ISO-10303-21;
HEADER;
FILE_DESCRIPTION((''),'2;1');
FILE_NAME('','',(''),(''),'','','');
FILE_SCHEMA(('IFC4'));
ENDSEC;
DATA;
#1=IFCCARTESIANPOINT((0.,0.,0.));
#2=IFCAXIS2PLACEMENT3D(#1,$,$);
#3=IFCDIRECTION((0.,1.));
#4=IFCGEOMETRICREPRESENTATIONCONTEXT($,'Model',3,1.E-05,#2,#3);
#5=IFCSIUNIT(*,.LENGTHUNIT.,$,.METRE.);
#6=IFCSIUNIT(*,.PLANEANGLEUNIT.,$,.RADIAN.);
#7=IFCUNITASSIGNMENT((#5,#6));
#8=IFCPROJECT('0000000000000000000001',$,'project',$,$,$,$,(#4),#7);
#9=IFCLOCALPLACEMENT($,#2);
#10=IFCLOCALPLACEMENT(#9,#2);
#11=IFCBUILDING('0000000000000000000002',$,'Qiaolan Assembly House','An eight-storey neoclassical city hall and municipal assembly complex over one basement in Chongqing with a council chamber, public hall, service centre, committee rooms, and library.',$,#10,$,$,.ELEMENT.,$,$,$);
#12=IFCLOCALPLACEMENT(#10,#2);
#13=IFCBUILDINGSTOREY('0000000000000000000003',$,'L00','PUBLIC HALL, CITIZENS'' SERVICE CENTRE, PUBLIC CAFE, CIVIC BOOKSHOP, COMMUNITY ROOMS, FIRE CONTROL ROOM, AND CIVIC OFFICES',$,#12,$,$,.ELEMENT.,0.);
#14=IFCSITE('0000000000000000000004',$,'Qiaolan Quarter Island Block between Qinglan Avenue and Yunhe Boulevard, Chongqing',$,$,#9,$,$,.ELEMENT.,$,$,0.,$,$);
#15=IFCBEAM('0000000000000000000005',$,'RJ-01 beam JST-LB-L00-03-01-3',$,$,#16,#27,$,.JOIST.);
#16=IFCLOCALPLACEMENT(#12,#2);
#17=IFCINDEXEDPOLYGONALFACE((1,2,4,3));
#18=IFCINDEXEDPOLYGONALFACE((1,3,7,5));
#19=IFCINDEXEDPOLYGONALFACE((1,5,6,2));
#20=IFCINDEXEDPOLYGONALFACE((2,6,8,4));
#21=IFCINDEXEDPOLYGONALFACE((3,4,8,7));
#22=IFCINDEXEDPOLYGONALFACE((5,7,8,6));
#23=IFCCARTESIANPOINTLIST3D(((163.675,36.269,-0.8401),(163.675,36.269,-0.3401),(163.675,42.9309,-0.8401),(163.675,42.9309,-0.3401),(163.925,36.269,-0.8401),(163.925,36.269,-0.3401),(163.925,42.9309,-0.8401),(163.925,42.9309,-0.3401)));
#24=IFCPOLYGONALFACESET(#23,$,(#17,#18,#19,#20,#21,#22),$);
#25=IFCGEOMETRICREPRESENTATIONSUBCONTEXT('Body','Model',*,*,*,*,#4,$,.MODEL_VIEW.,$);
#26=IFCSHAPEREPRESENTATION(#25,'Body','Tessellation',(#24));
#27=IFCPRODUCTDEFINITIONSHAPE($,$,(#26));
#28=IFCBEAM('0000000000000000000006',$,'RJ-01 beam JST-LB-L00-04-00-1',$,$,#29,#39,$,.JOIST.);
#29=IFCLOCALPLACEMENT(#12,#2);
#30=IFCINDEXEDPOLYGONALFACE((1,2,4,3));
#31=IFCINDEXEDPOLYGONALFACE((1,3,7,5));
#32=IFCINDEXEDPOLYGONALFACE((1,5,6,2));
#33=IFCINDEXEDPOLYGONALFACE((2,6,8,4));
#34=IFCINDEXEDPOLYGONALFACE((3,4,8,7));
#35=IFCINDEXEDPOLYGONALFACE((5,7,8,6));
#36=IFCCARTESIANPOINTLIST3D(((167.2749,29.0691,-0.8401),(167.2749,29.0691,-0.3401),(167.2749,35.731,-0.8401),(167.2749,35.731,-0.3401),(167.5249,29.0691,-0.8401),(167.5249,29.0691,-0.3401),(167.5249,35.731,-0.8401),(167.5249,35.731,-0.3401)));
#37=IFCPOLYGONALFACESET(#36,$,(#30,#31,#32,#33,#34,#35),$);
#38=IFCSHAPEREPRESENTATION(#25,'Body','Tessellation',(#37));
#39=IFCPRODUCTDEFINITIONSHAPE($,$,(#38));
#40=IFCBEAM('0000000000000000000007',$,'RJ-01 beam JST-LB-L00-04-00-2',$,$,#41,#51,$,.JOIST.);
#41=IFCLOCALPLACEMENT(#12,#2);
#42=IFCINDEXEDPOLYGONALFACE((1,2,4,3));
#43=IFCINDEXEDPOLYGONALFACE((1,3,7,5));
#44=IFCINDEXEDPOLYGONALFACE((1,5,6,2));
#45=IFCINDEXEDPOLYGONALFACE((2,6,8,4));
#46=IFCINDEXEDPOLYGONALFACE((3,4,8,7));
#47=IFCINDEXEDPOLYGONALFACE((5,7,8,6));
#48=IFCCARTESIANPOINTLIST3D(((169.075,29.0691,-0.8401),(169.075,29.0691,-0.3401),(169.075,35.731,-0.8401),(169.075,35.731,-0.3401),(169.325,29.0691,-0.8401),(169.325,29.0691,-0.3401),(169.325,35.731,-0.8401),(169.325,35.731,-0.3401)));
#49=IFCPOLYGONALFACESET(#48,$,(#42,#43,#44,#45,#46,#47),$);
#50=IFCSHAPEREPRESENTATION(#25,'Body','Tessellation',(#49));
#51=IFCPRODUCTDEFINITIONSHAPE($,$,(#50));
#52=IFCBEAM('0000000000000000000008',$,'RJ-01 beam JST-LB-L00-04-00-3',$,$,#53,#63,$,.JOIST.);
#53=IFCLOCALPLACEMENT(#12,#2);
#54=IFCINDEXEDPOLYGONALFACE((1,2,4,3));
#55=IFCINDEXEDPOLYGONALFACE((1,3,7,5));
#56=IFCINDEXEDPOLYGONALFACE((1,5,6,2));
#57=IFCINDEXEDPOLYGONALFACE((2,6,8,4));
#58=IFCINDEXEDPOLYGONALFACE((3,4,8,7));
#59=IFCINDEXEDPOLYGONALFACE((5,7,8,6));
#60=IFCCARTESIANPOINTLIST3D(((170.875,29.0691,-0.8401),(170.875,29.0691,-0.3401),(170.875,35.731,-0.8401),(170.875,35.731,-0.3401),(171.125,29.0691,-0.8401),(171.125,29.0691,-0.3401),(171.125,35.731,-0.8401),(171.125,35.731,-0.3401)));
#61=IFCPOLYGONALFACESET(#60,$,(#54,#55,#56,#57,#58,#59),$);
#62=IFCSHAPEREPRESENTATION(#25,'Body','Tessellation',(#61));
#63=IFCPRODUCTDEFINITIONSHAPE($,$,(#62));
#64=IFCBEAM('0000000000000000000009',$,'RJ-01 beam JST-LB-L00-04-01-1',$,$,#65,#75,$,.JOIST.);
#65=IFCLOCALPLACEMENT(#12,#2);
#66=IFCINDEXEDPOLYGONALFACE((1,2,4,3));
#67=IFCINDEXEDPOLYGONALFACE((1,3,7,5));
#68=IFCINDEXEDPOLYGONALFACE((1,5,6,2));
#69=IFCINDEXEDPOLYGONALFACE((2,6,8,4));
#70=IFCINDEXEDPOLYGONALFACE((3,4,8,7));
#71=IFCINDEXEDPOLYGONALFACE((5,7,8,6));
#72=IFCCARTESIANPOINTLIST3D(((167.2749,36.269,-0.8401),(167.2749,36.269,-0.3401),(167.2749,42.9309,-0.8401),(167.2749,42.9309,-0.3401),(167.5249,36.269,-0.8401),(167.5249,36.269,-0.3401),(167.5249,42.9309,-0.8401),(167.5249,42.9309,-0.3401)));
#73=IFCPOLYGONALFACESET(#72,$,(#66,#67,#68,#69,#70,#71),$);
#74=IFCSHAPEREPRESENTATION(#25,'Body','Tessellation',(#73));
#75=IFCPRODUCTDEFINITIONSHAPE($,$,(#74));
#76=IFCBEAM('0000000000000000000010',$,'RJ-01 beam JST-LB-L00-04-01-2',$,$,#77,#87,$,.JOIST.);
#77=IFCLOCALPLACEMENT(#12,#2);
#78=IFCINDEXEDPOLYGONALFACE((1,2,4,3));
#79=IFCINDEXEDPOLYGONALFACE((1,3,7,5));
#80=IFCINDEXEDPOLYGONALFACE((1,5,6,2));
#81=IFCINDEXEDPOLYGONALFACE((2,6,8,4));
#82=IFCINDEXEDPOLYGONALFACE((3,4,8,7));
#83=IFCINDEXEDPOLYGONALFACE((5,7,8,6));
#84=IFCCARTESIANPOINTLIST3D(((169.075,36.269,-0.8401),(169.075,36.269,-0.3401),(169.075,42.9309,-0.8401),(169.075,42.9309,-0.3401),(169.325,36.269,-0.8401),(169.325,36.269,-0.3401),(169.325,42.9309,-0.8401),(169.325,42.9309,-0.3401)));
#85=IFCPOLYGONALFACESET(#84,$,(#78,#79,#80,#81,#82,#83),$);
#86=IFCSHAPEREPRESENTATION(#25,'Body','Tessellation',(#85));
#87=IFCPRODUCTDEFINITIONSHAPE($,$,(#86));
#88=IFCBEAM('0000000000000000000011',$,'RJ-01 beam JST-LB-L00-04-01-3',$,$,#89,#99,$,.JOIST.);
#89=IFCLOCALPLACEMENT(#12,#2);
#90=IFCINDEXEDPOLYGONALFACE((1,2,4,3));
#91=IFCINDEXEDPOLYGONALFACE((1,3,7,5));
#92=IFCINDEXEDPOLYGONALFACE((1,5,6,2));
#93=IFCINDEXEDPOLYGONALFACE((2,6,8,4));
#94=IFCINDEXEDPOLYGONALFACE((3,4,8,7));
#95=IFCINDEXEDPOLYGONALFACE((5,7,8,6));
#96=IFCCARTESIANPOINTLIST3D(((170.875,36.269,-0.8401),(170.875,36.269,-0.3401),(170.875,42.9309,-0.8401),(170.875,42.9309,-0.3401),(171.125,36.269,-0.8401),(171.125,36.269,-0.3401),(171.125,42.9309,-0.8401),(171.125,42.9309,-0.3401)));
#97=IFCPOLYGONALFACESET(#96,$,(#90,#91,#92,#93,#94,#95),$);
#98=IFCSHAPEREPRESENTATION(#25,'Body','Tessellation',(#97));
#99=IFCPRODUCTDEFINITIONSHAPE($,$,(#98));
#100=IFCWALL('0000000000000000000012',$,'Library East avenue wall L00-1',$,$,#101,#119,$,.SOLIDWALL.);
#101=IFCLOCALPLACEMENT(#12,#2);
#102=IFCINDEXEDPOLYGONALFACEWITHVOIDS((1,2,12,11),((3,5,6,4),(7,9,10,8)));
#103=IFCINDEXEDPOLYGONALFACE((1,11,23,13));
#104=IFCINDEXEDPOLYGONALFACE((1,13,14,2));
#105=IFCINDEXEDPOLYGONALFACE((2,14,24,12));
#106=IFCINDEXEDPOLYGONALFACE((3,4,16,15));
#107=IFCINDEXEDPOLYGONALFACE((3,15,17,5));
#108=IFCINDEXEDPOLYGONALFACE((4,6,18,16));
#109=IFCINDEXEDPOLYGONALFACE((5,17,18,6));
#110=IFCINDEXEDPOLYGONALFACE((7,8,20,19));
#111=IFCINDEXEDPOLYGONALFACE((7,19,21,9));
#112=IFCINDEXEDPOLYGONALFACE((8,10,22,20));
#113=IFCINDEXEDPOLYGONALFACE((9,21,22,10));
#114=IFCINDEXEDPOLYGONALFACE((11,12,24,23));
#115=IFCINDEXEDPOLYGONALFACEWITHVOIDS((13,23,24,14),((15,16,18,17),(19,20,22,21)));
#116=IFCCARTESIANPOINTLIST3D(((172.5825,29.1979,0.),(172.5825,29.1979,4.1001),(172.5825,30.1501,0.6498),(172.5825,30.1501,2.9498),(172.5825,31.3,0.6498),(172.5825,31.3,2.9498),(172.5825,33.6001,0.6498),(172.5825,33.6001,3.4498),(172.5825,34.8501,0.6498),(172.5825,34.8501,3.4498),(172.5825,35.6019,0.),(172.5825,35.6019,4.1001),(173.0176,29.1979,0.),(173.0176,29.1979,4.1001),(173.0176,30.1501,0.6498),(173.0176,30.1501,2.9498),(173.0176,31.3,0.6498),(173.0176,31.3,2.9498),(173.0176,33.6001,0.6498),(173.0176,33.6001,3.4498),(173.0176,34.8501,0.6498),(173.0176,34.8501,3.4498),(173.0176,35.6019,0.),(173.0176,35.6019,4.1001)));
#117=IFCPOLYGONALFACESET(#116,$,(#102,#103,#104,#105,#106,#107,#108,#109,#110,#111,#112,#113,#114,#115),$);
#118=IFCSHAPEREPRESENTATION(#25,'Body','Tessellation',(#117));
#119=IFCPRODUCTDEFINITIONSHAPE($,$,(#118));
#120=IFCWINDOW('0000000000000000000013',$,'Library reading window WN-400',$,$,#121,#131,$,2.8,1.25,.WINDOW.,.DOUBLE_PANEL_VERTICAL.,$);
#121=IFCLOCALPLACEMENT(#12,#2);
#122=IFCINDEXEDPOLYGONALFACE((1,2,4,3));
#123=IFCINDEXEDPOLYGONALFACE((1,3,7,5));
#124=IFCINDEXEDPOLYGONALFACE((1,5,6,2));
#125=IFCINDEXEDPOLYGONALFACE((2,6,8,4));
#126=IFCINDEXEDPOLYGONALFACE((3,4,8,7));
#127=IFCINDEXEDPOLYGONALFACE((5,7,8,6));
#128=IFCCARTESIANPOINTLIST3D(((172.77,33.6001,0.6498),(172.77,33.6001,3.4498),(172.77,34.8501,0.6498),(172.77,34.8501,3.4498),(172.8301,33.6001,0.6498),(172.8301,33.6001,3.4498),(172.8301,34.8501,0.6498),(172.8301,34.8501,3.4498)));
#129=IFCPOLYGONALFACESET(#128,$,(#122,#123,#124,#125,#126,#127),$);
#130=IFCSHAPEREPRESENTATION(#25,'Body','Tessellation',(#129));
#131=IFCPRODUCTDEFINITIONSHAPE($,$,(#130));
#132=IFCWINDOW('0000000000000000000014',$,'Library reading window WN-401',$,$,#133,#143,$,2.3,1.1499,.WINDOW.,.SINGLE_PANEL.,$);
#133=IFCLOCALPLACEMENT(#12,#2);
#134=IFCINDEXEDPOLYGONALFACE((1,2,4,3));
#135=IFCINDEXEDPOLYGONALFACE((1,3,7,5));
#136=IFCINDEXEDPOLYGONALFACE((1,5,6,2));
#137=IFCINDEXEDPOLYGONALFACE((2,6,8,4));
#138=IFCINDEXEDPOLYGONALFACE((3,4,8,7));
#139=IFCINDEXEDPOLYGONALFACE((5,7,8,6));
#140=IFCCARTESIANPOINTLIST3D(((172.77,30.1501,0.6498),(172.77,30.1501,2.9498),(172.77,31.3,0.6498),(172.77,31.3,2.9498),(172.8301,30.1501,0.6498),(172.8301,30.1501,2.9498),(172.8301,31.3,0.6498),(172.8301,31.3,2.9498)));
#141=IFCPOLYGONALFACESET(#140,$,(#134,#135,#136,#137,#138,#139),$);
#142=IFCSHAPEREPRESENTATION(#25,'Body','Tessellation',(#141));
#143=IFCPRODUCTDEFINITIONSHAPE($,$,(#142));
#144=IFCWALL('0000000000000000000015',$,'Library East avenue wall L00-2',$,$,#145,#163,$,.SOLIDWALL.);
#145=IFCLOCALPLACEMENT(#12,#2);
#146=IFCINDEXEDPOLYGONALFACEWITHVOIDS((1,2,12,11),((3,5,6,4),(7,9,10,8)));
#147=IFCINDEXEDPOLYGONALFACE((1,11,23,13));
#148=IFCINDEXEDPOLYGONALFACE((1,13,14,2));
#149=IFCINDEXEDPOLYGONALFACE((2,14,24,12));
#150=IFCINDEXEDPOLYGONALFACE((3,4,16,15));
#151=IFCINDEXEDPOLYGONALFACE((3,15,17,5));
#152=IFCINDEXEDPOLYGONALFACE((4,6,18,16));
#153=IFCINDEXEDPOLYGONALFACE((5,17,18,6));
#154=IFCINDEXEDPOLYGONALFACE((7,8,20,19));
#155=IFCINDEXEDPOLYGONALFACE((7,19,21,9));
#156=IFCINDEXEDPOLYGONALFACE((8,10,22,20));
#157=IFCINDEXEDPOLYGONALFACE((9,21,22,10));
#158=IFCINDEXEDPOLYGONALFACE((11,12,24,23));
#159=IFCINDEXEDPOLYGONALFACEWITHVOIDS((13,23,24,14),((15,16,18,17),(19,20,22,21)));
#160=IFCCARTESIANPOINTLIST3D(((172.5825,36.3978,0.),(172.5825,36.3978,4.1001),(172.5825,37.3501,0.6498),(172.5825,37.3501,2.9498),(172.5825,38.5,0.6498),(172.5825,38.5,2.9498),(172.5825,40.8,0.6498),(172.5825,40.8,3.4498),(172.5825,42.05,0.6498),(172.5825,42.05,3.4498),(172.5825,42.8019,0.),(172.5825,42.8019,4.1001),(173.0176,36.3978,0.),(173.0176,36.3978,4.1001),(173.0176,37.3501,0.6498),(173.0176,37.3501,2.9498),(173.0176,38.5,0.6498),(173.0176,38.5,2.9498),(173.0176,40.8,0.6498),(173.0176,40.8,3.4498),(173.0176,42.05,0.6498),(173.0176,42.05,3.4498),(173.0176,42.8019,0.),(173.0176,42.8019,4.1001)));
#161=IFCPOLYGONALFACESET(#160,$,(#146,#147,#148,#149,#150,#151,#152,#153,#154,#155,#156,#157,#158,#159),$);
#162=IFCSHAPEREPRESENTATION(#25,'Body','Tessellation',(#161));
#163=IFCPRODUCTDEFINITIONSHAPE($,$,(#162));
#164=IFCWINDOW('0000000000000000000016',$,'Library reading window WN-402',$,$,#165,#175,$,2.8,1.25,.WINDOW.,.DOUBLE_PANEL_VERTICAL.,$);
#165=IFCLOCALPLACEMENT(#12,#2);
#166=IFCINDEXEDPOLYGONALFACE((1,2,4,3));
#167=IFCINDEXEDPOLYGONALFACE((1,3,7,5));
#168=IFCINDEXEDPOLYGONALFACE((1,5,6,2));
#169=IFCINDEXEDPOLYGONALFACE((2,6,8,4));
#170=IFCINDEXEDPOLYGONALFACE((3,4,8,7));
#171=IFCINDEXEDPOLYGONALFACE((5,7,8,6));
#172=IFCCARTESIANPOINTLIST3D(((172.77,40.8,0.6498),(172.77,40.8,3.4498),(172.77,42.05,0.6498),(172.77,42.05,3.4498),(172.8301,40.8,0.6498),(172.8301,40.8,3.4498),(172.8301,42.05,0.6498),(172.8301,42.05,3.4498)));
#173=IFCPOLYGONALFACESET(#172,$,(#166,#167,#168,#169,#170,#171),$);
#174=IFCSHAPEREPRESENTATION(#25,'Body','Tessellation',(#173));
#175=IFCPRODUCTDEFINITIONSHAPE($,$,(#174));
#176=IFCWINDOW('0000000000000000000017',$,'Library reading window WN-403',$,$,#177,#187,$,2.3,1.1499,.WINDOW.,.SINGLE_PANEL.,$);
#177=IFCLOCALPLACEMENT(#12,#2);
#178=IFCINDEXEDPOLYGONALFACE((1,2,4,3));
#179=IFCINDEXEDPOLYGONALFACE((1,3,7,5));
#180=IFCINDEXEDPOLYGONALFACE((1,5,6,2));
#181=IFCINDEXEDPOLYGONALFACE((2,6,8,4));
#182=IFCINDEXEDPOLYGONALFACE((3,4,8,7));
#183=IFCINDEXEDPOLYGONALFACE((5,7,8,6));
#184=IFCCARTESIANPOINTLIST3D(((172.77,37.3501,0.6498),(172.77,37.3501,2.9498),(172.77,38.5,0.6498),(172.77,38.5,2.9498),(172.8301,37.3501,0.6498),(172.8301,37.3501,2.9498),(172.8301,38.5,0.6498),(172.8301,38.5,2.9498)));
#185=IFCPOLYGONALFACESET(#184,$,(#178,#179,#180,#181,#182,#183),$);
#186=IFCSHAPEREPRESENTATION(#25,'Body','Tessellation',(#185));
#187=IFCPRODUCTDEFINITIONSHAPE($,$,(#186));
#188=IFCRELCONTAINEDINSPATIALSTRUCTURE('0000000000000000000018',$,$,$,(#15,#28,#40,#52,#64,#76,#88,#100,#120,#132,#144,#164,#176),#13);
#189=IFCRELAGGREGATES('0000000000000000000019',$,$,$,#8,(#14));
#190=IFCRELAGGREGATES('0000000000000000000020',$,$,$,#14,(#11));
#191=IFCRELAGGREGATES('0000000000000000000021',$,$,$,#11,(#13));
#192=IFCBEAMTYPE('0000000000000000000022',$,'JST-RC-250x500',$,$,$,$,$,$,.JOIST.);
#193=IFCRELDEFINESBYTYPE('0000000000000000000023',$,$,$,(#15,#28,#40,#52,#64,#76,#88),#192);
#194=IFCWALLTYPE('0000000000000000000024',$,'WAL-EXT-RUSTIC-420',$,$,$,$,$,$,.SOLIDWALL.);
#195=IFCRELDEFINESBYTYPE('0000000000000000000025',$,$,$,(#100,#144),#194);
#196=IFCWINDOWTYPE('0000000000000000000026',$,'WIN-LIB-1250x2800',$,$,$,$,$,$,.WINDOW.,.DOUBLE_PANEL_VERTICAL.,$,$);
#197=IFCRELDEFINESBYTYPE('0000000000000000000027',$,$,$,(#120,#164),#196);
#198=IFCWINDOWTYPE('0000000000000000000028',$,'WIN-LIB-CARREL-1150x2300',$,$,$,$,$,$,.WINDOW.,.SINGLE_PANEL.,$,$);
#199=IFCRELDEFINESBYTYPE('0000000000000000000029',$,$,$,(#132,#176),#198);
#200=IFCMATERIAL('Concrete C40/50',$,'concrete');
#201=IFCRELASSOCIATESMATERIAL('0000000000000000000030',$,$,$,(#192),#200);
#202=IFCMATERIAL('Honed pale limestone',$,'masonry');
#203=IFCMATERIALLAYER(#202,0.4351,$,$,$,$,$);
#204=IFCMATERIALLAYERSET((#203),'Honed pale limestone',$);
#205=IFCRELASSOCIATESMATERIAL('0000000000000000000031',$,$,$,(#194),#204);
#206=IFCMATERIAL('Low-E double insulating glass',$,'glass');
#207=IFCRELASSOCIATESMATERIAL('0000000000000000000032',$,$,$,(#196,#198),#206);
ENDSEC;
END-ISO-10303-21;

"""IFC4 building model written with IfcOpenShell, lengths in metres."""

from ifc_helpers import new_model, si_unit, direction, frame, frame_2d, origin, origin_2d, place, context, subcontext, project, spatial, rectangle, extrude, material, layer, layer_set, material_profile, profile_set, type_object, element, fill, save


model = new_model("IFC4")

# Units and contexts
model_context = context("Model", 3, precision=1e-05, world=origin(), true_north=direction((0.0, 1.0)))
body_context = subcontext(model_context, "Body", "Model", "MODEL_VIEW")
ifc_project = project(units=[si_unit("LENGTHUNIT", "METRE"), si_unit("PLANEANGLEUNIT", "RADIAN")], contexts=[model_context])

# Site, building, storey
site_placement = place(None, origin())
site = spatial("IfcSite", under=ifc_project, at=site_placement, Name="Qiaolan Quarter Island Block between Qinglan Avenue and Yunhe Boulevard, Chongqing", CompositionType="ELEMENT", RefElevation=0.0)
building_placement = place(site_placement, origin())
building = spatial("IfcBuilding", under=site, at=building_placement, Name="Qiaolan Assembly House", Description="An eight-storey neoclassical city hall and municipal assembly complex over one basement in Chongqing with a council chamber, public hall, service centre, committee rooms, and library.", CompositionType="ELEMENT")
storey_placement = place(building_placement, origin())
storey = spatial("IfcBuildingStorey", under=building, at=storey_placement, Name="L00", Description="PUBLIC HALL, CITIZENS' SERVICE CENTRE, PUBLIC CAFE, CIVIC BOOKSHOP, COMMUNITY ROOMS, FIRE CONTROL ROOM, AND CIVIC OFFICES", CompositionType="ELEMENT", Elevation=0.0)

# Beams
ifc_material_1 = material(Name="Concrete C40/50", Category="concrete")
ifc_material_profile_1 = material_profile(ifc_material_1, rectangle(XDim=0.25, YDim=0.5, at=origin_2d()), Name="RCB 250x500")
ifc_profile_set_1 = profile_set([ifc_material_profile_1], Name="Concrete C40/50")
beam_type_1 = type_object("IfcBeamType", Name="JST-RC-250x500", PredefinedType="JOIST", material=ifc_profile_set_1)
for number, where, z_axis, x_axis, name in (
    (1, (163.8, 36.269, -0.5901), (0.0, 1.0, 0.0), (-1.0, 0.0, 0.0), "RJ-01 beam JST-LB-L00-03-01-3"),
    (2, (167.3999, 29.0691, -0.5901), (0.0, 1.0, 0.0), (-1.0, 0.0, 0.0), "RJ-01 beam JST-LB-L00-04-00-1"),
    (3, (169.2, 29.0691, -0.5901), (0.0, 1.0, 0.0), (-1.0, 0.0, 0.0), "RJ-01 beam JST-LB-L00-04-00-2"),
    (4, (171.0, 29.0691, -0.5901), (0.0, 1.0, 0.0), (-1.0, 0.0, 0.0), "RJ-01 beam JST-LB-L00-04-00-3"),
    (5, (167.3999, 36.269, -0.5901), (0.0, 1.0, 0.0), (-1.0, 0.0, 0.0), "RJ-01 beam JST-LB-L00-04-01-1"),
    (6, (169.2, 36.269, -0.5901), (0.0, 1.0, 0.0), (-1.0, 0.0, 0.0), "RJ-01 beam JST-LB-L00-04-01-2"),
    (7, (171.0, 36.269, -0.5901), (0.0, 1.0, 0.0), (-1.0, 0.0, 0.0), "RJ-01 beam JST-LB-L00-04-01-3"),
):
    element("IfcBeam", number, at=place(storey_placement, frame(where, z_axis=z_axis, x_axis=x_axis)), inside=storey, type_object=beam_type_1, Name=name, PredefinedType="JOIST", context=body_context, shape_type="SweptSolid", body=[
        extrude(rectangle(XDim=0.25, YDim=0.5, at=origin_2d()), origin(), (0.0, 0.0, 1.0), 6.6619),
    ])

# Walls, openings, windows
ifc_material_2 = material(Name="Honed pale limestone", Category="masonry")
ifc_layer = layer(ifc_material_2, 0.4351)
ifc_layer_set = layer_set([ifc_layer], Name="Honed pale limestone")
wall_type = type_object("IfcWallType", Name="WAL-EXT-RUSTIC-420", PredefinedType="SOLIDWALL", material=ifc_layer_set)
wall_1_placement = place(storey_placement, frame((172.8, 35.6021, 0.0), z_axis=(0.0, 0.0, 1.0), x_axis=(0.0, -1.0, 0.0)))
wall_1 = element("IfcWall", 8, at=wall_1_placement, inside=storey, type_object=wall_type, Name="Library East avenue wall L00-1", PredefinedType="SOLIDWALL", context=body_context, shape_type="SweptSolid", body=[
    extrude(rectangle(XDim=6.4041, YDim=0.4351, at=frame_2d((3.2021, 0.0))), origin(), (0.0, 0.0, 1.0), 4.1001),
])
opening_1_placement = place(wall_1_placement, frame((0.752, 0.0, 0.6499)))
opening_1 = element("IfcOpeningElement", 9, at=opening_1_placement, cuts=wall_1, PredefinedType="OPENING", context=body_context, shape_type="SweptSolid", body=[
    extrude(rectangle(XDim=1.25, YDim=2.8, at=frame_2d((0.625, 1.3999))), frame((0.0, 0.2275, 0.0), z_axis=(0.0, -1.0, 0.0), x_axis=(1.0, 0.0, 0.0)), (0.0, 0.0, 1.0), 0.4551),
])
opening_2_placement = place(wall_1_placement, frame((4.302, 0.0, 0.6499)))
opening_2 = element("IfcOpeningElement", 10, at=opening_2_placement, cuts=wall_1, PredefinedType="OPENING", context=body_context, shape_type="SweptSolid", body=[
    extrude(rectangle(XDim=1.1499, YDim=2.3, at=frame_2d((0.575, 1.1499))), frame((0.0, 0.2275, 0.0), z_axis=(0.0, -1.0, 0.0), x_axis=(1.0, 0.0, 0.0)), (0.0, 0.0, 1.0), 0.4551),
])
ifc_material_3 = material(Name="Low-E double insulating glass", Category="glass")
window_type_1 = type_object("IfcWindowType", Name="WIN-LIB-1250x2800", PartitioningType="DOUBLE_PANEL_VERTICAL", PredefinedType="WINDOW", material=ifc_material_3)
window_1_placement = place(opening_1_placement, origin())
window_1 = element("IfcWindow", 11, at=window_1_placement, inside=storey, type_object=window_type_1, Name="Library reading window WN-400", OverallHeight=2.8, OverallWidth=1.25, PartitioningType="DOUBLE_PANEL_VERTICAL", PredefinedType="WINDOW", context=body_context, shape_type="SweptSolid", body=[
    extrude(rectangle(XDim=1.25, YDim=2.8, at=frame_2d((0.625, 1.3999))), frame((0.0, 0.03, 0.0), z_axis=(0.0, -1.0, 0.0), x_axis=(1.0, 0.0, 0.0)), (0.0, 0.0, 1.0), 0.0601),
])
fill(opening_1, window_1)
window_type_2 = type_object("IfcWindowType", Name="WIN-LIB-CARREL-1150x2300", PartitioningType="SINGLE_PANEL", PredefinedType="WINDOW", material=ifc_material_3)
window_2_placement = place(opening_2_placement, origin())
window_2 = element("IfcWindow", 12, at=window_2_placement, inside=storey, type_object=window_type_2, Name="Library reading window WN-401", OverallHeight=2.3, OverallWidth=1.1499, PartitioningType="SINGLE_PANEL", PredefinedType="WINDOW", context=body_context, shape_type="SweptSolid", body=[
    extrude(rectangle(XDim=1.1499, YDim=2.3, at=frame_2d((0.575, 1.1499))), frame((0.0, 0.03, 0.0), z_axis=(0.0, -1.0, 0.0), x_axis=(1.0, 0.0, 0.0)), (0.0, 0.0, 1.0), 0.0601),
])
fill(opening_2, window_2)
wall_2_placement = place(storey_placement, frame((172.8, 42.802, 0.0), z_axis=(0.0, 0.0, 1.0), x_axis=(0.0, -1.0, 0.0)))
wall_2 = element("IfcWall", 13, at=wall_2_placement, inside=storey, type_object=wall_type, Name="Library East avenue wall L00-2", PredefinedType="SOLIDWALL", context=body_context, shape_type="SweptSolid", body=[
    extrude(rectangle(XDim=6.4041, YDim=0.4351, at=frame_2d((3.2021, 0.0))), origin(), (0.0, 0.0, 1.0), 4.1001),
])
opening_3_placement = place(wall_2_placement, frame((0.752, 0.0, 0.6499)))
opening_3 = element("IfcOpeningElement", 14, at=opening_3_placement, cuts=wall_2, PredefinedType="OPENING", context=body_context, shape_type="SweptSolid", body=[
    extrude(rectangle(XDim=1.25, YDim=2.8, at=frame_2d((0.625, 1.3999))), frame((0.0, 0.2275, 0.0), z_axis=(0.0, -1.0, 0.0), x_axis=(1.0, 0.0, 0.0)), (0.0, 0.0, 1.0), 0.4551),
])
opening_4_placement = place(wall_2_placement, frame((4.302, 0.0, 0.6499)))
opening_4 = element("IfcOpeningElement", 15, at=opening_4_placement, cuts=wall_2, PredefinedType="OPENING", context=body_context, shape_type="SweptSolid", body=[
    extrude(rectangle(XDim=1.1499, YDim=2.3, at=frame_2d((0.575, 1.1499))), frame((0.0, 0.2275, 0.0), z_axis=(0.0, -1.0, 0.0), x_axis=(1.0, 0.0, 0.0)), (0.0, 0.0, 1.0), 0.4551),
])
window_3_placement = place(opening_3_placement, origin())
window_3 = element("IfcWindow", 16, at=window_3_placement, inside=storey, type_object=window_type_1, Name="Library reading window WN-402", OverallHeight=2.8, OverallWidth=1.25, PartitioningType="DOUBLE_PANEL_VERTICAL", PredefinedType="WINDOW", context=body_context, shape_type="SweptSolid", body=[
    extrude(rectangle(XDim=1.25, YDim=2.8, at=frame_2d((0.625, 1.3999))), frame((0.0, 0.03, 0.0), z_axis=(0.0, -1.0, 0.0), x_axis=(1.0, 0.0, 0.0)), (0.0, 0.0, 1.0), 0.0601),
])
fill(opening_3, window_3)
window_4_placement = place(opening_4_placement, origin())
window_4 = element("IfcWindow", 17, at=window_4_placement, inside=storey, type_object=window_type_2, Name="Library reading window WN-403", OverallHeight=2.3, OverallWidth=1.1499, PartitioningType="SINGLE_PANEL", PredefinedType="WINDOW", context=body_context, shape_type="SweptSolid", body=[
    extrude(rectangle(XDim=1.1499, YDim=2.3, at=frame_2d((0.575, 1.1499))), frame((0.0, 0.03, 0.0), z_axis=(0.0, -1.0, 0.0), x_axis=(1.0, 0.0, 0.0)), (0.0, 0.0, 1.0), 0.0601),
])
fill(opening_4, window_4)

save(model, "model.ifc")
